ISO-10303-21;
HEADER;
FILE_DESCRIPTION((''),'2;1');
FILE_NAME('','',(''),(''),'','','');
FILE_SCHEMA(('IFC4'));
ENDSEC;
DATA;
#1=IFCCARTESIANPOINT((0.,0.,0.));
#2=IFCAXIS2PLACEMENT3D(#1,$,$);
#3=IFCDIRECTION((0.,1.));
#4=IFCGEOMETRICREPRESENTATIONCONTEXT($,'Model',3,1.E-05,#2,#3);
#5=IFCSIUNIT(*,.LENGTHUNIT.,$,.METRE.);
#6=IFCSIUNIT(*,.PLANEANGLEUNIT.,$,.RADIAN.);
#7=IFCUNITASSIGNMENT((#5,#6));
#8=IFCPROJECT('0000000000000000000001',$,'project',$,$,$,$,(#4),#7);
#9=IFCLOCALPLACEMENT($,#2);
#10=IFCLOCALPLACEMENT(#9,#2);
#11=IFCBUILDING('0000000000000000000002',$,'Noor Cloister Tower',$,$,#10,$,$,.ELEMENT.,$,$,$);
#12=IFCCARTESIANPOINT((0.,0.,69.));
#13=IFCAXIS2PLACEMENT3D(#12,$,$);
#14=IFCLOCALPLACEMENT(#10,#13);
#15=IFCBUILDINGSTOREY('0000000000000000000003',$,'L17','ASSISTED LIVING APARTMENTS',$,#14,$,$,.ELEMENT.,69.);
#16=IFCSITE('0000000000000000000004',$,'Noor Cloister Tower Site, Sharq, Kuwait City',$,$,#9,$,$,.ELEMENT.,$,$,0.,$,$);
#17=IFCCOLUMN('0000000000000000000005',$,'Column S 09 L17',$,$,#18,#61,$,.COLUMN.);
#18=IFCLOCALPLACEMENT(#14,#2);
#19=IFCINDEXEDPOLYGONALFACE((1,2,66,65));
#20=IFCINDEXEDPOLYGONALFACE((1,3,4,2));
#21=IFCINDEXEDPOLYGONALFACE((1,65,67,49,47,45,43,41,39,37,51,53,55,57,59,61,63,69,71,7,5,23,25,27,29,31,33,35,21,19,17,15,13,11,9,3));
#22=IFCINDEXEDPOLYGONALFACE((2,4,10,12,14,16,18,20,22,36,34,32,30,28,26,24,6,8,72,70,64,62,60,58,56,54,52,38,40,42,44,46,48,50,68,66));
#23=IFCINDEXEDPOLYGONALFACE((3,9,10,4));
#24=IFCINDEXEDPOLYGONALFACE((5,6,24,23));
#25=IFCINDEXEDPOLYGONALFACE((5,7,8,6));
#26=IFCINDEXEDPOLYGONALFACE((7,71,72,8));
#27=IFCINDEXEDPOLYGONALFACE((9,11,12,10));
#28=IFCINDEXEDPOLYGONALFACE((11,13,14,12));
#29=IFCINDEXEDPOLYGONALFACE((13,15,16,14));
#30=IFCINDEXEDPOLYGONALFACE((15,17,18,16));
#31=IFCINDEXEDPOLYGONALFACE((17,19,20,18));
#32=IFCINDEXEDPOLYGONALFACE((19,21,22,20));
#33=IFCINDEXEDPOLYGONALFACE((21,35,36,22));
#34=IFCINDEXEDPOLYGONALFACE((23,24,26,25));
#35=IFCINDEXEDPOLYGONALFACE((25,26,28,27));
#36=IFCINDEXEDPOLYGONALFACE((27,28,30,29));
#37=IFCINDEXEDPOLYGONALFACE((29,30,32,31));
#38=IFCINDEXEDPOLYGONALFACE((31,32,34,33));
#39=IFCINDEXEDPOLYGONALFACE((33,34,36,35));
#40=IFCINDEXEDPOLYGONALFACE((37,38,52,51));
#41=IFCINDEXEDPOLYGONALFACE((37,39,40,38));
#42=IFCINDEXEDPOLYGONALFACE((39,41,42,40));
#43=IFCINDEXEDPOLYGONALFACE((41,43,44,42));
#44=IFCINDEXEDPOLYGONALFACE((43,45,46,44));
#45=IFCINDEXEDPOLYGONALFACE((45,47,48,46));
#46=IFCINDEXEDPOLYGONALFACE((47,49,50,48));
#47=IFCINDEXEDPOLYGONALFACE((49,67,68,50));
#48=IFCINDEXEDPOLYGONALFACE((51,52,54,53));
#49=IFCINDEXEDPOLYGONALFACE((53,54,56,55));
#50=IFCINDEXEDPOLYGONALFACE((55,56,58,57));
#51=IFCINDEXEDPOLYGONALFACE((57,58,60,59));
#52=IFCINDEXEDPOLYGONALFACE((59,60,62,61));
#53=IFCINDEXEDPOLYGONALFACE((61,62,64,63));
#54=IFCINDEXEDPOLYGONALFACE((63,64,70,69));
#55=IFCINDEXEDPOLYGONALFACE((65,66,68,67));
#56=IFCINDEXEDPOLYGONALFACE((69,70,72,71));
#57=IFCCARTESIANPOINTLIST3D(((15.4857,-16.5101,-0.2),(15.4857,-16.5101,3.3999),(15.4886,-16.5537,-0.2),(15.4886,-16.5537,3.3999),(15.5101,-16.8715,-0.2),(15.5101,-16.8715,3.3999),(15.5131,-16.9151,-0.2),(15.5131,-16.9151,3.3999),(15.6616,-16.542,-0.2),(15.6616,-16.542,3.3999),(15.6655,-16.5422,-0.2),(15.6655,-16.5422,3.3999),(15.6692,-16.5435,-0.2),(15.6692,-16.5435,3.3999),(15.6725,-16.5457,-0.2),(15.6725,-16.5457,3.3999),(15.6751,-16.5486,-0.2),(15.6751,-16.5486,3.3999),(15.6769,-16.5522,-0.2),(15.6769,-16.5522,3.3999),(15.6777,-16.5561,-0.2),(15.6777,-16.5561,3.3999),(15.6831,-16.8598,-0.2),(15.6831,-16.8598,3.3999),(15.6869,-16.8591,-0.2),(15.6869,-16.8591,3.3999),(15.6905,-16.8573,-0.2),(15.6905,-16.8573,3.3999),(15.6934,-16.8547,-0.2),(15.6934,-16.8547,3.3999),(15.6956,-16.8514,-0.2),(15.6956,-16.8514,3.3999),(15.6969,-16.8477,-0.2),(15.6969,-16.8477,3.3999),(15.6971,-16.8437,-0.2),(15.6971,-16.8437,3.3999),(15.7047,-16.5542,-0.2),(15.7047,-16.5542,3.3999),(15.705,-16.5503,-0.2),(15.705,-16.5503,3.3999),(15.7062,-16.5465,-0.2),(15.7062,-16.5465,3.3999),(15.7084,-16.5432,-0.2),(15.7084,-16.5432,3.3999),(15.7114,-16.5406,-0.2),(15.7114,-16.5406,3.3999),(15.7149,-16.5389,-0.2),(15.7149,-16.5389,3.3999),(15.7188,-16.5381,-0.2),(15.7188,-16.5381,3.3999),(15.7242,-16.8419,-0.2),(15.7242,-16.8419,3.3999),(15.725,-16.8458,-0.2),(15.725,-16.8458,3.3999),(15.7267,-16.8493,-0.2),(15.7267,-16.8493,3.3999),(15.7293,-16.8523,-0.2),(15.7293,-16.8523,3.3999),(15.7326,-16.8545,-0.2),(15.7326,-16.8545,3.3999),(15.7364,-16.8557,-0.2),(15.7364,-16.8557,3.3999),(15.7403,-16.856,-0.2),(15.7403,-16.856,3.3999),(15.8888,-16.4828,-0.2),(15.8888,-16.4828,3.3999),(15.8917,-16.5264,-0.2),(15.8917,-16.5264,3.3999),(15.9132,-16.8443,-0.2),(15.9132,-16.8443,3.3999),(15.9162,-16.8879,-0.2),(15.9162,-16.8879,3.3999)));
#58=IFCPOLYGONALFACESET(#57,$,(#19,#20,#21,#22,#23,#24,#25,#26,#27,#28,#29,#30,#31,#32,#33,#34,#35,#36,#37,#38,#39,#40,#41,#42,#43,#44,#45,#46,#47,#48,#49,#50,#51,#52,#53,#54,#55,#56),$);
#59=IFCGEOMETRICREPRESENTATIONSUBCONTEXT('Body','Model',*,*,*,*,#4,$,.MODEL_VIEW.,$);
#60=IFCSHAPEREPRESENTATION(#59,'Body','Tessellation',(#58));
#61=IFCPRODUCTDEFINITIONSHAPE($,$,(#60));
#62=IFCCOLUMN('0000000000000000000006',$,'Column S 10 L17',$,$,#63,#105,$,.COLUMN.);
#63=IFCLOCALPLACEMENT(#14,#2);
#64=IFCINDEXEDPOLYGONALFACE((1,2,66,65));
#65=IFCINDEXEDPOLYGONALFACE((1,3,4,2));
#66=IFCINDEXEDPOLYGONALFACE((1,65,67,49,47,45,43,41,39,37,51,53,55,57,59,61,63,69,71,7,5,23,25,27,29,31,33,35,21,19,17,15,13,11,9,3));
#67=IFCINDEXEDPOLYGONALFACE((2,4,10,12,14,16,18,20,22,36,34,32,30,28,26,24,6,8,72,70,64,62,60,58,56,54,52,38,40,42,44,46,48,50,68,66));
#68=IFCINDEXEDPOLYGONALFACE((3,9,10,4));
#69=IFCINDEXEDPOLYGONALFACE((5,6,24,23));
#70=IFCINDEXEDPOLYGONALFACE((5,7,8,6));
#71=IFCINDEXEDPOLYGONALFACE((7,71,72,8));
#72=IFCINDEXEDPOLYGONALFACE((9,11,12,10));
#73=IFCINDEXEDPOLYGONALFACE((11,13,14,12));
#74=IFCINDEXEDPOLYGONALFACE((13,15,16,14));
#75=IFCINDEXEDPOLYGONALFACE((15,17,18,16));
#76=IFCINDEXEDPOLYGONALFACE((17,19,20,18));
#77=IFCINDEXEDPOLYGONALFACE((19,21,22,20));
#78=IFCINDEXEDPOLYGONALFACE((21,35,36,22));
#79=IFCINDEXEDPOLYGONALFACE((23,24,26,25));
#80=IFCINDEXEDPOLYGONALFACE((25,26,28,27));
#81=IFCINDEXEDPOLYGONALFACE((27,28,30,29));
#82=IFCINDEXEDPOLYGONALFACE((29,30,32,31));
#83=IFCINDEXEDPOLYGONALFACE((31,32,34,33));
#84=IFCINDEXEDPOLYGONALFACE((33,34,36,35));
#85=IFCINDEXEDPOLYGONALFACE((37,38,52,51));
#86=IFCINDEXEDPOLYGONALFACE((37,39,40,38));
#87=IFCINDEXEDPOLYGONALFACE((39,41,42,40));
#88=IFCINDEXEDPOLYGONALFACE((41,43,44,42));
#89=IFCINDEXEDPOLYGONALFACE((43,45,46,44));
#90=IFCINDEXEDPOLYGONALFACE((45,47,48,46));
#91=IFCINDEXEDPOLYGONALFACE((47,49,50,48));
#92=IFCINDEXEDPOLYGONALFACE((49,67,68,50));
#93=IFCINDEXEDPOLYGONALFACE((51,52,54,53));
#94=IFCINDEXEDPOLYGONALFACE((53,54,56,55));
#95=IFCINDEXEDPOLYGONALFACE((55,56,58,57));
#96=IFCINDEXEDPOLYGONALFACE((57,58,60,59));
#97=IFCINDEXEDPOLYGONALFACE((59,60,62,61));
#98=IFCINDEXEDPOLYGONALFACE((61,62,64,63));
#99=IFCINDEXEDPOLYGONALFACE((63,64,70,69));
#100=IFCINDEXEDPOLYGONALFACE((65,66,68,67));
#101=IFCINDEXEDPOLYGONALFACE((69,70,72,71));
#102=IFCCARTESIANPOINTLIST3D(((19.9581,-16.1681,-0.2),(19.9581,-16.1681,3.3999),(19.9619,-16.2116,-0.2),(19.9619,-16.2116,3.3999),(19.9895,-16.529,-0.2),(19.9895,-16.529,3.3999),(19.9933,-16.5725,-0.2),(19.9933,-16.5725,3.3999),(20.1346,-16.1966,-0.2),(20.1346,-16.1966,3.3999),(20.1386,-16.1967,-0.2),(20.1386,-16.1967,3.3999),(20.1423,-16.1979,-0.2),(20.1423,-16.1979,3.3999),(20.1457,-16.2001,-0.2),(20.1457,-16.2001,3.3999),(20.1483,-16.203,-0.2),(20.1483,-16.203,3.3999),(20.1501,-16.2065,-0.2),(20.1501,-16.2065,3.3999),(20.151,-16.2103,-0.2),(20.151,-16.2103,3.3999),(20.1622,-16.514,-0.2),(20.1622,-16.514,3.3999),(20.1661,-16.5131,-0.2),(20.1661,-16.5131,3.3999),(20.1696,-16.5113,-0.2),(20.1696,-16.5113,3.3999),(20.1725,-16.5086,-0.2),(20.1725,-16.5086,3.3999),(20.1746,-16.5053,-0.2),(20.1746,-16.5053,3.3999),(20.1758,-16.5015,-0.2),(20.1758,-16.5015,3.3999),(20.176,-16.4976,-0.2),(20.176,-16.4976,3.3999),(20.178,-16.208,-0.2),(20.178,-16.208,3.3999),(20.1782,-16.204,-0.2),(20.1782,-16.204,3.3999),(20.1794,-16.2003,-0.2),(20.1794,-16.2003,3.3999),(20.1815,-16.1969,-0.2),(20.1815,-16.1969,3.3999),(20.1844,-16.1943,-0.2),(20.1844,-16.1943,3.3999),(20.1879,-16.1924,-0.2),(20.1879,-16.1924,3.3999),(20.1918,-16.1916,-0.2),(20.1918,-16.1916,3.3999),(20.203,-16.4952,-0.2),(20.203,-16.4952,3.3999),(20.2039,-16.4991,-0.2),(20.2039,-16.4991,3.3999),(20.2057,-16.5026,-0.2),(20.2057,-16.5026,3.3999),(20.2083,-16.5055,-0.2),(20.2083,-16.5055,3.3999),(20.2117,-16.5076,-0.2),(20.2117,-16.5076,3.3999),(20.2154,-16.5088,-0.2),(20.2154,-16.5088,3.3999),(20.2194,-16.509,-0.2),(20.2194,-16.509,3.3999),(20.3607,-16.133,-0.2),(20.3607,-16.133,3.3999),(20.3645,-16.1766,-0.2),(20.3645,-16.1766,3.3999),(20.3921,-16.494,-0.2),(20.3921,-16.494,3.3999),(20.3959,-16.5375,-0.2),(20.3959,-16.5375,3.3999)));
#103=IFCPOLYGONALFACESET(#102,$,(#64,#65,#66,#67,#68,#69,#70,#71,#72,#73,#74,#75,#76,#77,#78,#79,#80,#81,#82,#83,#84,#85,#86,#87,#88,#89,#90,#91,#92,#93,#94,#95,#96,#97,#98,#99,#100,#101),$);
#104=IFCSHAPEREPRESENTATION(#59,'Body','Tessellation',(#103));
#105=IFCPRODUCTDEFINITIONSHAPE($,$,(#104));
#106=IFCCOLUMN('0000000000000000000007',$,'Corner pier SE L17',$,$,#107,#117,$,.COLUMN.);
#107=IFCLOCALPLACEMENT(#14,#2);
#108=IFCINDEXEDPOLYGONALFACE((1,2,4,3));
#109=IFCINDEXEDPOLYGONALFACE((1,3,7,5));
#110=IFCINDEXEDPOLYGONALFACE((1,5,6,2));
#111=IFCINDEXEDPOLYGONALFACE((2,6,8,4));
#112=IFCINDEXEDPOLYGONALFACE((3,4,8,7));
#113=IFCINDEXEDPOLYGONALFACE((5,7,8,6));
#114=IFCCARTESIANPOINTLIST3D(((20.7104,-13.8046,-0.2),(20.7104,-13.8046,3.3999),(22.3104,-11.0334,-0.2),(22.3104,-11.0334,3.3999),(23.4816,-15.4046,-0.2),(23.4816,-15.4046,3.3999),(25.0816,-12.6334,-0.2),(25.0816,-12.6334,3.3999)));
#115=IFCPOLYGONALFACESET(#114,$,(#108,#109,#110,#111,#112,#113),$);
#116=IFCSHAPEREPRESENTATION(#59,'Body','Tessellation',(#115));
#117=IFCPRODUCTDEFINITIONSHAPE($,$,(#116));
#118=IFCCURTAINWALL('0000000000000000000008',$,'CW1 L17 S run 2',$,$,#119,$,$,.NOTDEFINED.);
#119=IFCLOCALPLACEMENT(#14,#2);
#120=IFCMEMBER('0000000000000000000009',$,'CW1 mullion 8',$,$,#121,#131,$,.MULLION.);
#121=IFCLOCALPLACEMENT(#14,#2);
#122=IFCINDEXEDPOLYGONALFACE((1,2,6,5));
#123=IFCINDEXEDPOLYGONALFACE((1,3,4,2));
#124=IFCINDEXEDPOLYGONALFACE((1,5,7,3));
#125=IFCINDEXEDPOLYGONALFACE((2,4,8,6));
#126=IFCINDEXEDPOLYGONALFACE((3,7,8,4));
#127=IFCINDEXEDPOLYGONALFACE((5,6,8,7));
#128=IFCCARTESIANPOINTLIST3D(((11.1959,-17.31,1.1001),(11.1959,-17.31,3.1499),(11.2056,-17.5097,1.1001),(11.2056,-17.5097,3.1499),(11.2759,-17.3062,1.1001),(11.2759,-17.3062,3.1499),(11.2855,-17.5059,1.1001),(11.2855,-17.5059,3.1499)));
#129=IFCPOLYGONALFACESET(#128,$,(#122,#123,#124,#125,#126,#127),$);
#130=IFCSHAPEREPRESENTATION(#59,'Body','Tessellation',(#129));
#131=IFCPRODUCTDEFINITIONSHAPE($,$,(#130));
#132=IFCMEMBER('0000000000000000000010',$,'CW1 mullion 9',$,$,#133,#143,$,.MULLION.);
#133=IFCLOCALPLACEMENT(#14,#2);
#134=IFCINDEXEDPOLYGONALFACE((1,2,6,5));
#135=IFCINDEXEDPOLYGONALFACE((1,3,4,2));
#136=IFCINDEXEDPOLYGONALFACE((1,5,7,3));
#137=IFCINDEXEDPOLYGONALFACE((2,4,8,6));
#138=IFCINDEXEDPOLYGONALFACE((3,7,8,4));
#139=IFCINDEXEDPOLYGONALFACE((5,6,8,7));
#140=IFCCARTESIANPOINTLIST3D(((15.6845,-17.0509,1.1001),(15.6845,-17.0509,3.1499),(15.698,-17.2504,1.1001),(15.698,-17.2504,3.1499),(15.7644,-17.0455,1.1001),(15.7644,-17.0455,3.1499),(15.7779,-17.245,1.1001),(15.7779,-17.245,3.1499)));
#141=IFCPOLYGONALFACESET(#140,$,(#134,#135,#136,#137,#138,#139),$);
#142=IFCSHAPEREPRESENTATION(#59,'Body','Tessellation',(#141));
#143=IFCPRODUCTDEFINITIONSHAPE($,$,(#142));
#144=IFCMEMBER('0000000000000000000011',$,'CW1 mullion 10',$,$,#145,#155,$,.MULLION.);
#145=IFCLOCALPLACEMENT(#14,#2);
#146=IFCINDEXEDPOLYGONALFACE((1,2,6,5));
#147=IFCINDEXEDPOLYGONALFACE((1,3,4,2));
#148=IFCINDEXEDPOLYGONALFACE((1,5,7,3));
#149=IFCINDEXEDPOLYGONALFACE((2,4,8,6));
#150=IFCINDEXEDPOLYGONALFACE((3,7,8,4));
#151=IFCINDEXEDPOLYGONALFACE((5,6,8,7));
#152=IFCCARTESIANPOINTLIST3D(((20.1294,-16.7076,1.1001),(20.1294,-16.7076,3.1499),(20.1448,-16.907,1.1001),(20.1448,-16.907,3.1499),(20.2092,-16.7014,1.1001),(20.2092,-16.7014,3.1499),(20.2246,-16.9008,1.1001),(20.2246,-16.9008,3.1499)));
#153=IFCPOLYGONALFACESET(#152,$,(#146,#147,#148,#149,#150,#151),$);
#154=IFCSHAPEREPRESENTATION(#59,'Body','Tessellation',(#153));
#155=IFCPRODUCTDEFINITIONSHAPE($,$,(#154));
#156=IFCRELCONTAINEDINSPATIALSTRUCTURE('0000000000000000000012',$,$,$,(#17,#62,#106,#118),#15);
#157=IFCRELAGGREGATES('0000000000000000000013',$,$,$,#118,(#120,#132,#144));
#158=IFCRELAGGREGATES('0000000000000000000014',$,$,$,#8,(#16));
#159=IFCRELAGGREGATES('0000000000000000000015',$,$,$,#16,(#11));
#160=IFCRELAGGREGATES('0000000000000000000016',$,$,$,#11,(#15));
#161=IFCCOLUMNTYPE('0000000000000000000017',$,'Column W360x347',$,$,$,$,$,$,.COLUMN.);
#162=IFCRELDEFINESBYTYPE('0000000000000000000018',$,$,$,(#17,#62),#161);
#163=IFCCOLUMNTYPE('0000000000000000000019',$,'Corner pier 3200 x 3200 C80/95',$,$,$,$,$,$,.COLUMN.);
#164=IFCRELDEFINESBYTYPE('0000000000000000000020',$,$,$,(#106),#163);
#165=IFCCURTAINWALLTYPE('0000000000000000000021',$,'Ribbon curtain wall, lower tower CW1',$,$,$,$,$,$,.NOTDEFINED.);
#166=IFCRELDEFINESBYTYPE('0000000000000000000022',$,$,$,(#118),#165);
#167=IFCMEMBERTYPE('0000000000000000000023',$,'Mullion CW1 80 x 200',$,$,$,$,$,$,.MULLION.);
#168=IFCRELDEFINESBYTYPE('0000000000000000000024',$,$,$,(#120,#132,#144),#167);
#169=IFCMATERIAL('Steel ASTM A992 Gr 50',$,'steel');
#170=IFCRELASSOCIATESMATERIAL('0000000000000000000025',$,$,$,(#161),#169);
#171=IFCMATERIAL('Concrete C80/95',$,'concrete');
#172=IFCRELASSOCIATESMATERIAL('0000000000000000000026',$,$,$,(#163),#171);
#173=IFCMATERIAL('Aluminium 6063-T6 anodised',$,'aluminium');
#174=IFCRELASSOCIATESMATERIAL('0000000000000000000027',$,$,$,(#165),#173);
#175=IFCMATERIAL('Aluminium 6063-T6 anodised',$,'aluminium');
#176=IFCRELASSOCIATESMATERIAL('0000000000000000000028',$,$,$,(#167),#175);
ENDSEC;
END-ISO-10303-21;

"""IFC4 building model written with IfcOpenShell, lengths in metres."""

from ifc_helpers import new_model, si_unit, direction, frame, origin, origin_2d, place, context, subcontext, project, spatial, rectangle, i_section, extrude, material, material_profile, profile_set, type_object, element, aggregate, save


model = new_model("IFC4")

# Units and contexts
model_context = context("Model", 3, precision=1e-05, world=origin(), true_north=direction((0.0, 1.0)))
body_context = subcontext(model_context, "Body", "Model", "MODEL_VIEW")
ifc_project = project(units=[si_unit("LENGTHUNIT", "METRE"), si_unit("PLANEANGLEUNIT", "RADIAN")], contexts=[model_context])

# Site, building, storey
site_placement = place(None, origin())
site = spatial("IfcSite", under=ifc_project, at=site_placement, Name="Noor Cloister Tower Site, Sharq, Kuwait City", CompositionType="ELEMENT", RefElevation=0.0)
building_placement = place(site_placement, origin())
building = spatial("IfcBuilding", under=site, at=building_placement, Name="Noor Cloister Tower", CompositionType="ELEMENT")
storey_placement = place(building_placement, frame((0.0, 0.0, 69.0)))
storey = spatial("IfcBuildingStorey", under=building, at=storey_placement, Name="L17", Description="ASSISTED LIVING APARTMENTS", CompositionType="ELEMENT", Elevation=69.0)

# Columns
ifc_material_1 = material(Name="Steel ASTM A992 Gr 50", Category="steel")
ifc_material_profile_1 = material_profile(ifc_material_1, i_section(OverallWidth=0.4041, OverallDepth=0.406, WebThickness=0.0271, FlangeThickness=0.0437, FilletRadius=0.0151, at=origin_2d()), Name="W360x347")
ifc_profile_set_1 = profile_set([ifc_material_profile_1], Name="Steel ASTM A992 Gr 50")
column_type_1 = type_object("IfcColumnType", Name="Column W360x347", PredefinedType="COLUMN", material=ifc_profile_set_1)
for number, where, z_axis, x_axis, name in (
    (1, (15.7009, -16.699, -0.2), (0.0, 0.0, 1.0), (0.997721, 0.067472, 0.0), "Column S 09 L17"),
    (2, (20.177, -16.3528, -0.2), (0.0, 0.0, 1.0), (0.996234, 0.086706, 0.0), "Column S 10 L17"),
):
    element("IfcColumn", number, at=place(storey_placement, frame(where, z_axis=z_axis, x_axis=x_axis)), inside=storey, type_object=column_type_1, Name=name, PredefinedType="COLUMN", context=body_context, shape_type="SweptSolid", body=[
        extrude(i_section(OverallWidth=0.4041, OverallDepth=0.406, WebThickness=0.0271, FlangeThickness=0.0437, FilletRadius=0.0151, at=origin_2d()), origin(), (0.0, 0.0, 1.0), 3.5999),
    ])
ifc_material_2 = material(Name="Concrete C80/95", Category="concrete")
ifc_material_profile_2 = material_profile(ifc_material_2, rectangle(XDim=3.2, YDim=3.2, at=origin_2d()), Name="RC 3200x3200")
ifc_profile_set_2 = profile_set([ifc_material_profile_2], Name="Concrete C80/95")
column_type_2 = type_object("IfcColumnType", Name="Corner pier 3200 x 3200 C80/95", PredefinedType="COLUMN", material=ifc_profile_set_2)
column_placement = place(storey_placement, frame((22.896, -13.219, -0.2), z_axis=(0.0, 0.0, 1.0), x_axis=(0.866025, -0.5, 0.0)))
element("IfcColumn", 3, at=column_placement, inside=storey, type_object=column_type_2, Name="Corner pier SE L17", PredefinedType="COLUMN", context=body_context, shape_type="SweptSolid", body=[
    extrude(rectangle(XDim=3.2, YDim=3.2, at=origin_2d()), origin(), (0.0, 0.0, 1.0), 3.5999),
])

# Curtain wall, members
ifc_material_3 = material(Name="Aluminium 6063-T6 anodised", Category="aluminium")
curtain_wall_type = type_object("IfcCurtainWallType", Name="Ribbon curtain wall, lower tower CW1", PredefinedType="NOTDEFINED", material=ifc_material_3)
curtain_wall_placement = place(storey_placement, origin())
curtain_wall = element("IfcCurtainWall", 4, at=curtain_wall_placement, inside=storey, type_object=curtain_wall_type, Name="CW1 L17 S run 2", PredefinedType="NOTDEFINED")
ifc_material_4 = material(Name="Aluminium 6063-T6 anodised", Category="aluminium")
ifc_material_profile_3 = material_profile(ifc_material_4, rectangle(XDim=0.2, YDim=0.0801, at=origin_2d()), Name="200 x 80 mullion")
ifc_profile_set_3 = profile_set([ifc_material_profile_3], Name="Aluminium 6063-T6 anodised")
member_type = type_object("IfcMemberType", Name="Mullion CW1 80 x 200", PredefinedType="MULLION", material=ifc_profile_set_3)
member_1_placement = place(storey_placement, frame((11.2407, -17.408, 1.1001), z_axis=(0.0, 0.0, 1.0), x_axis=(-0.048212, 0.998837, 0.0)))
member_1 = element("IfcMember", 5, at=member_1_placement, type_object=member_type, Name="CW1 mullion 8", PredefinedType="MULLION", context=body_context, shape_type="SweptSolid", body=[
    extrude(rectangle(XDim=0.2, YDim=0.0801, at=origin_2d()), origin(), (0.0, 0.0, 1.0), 2.0498),
])
member_2_placement = place(storey_placement, frame((15.7312, -17.1479, 1.1001), z_axis=(0.0, 0.0, 1.0), x_axis=(-0.067472, 0.997721, 0.0)))
member_2 = element("IfcMember", 6, at=member_2_placement, type_object=member_type, Name="CW1 mullion 9", PredefinedType="MULLION", context=body_context, shape_type="SweptSolid", body=[
    extrude(rectangle(XDim=0.2, YDim=0.0801, at=origin_2d()), origin(), (0.0, 0.0, 1.0), 2.0498),
])
member_3_placement = place(storey_placement, frame((20.177, -16.8042, 1.1001), z_axis=(0.0, 0.0, 1.0), x_axis=(-0.077093, 0.997024, 0.0)))
member_3 = element("IfcMember", 7, at=member_3_placement, type_object=member_type, Name="CW1 mullion 10", PredefinedType="MULLION", context=body_context, shape_type="SweptSolid", body=[
    extrude(rectangle(XDim=0.2, YDim=0.0801, at=origin_2d()), origin(), (0.0, 0.0, 1.0), 2.0498),
])

aggregate(curtain_wall, [member_1, member_2, member_3])

save(model, "model.ifc")
